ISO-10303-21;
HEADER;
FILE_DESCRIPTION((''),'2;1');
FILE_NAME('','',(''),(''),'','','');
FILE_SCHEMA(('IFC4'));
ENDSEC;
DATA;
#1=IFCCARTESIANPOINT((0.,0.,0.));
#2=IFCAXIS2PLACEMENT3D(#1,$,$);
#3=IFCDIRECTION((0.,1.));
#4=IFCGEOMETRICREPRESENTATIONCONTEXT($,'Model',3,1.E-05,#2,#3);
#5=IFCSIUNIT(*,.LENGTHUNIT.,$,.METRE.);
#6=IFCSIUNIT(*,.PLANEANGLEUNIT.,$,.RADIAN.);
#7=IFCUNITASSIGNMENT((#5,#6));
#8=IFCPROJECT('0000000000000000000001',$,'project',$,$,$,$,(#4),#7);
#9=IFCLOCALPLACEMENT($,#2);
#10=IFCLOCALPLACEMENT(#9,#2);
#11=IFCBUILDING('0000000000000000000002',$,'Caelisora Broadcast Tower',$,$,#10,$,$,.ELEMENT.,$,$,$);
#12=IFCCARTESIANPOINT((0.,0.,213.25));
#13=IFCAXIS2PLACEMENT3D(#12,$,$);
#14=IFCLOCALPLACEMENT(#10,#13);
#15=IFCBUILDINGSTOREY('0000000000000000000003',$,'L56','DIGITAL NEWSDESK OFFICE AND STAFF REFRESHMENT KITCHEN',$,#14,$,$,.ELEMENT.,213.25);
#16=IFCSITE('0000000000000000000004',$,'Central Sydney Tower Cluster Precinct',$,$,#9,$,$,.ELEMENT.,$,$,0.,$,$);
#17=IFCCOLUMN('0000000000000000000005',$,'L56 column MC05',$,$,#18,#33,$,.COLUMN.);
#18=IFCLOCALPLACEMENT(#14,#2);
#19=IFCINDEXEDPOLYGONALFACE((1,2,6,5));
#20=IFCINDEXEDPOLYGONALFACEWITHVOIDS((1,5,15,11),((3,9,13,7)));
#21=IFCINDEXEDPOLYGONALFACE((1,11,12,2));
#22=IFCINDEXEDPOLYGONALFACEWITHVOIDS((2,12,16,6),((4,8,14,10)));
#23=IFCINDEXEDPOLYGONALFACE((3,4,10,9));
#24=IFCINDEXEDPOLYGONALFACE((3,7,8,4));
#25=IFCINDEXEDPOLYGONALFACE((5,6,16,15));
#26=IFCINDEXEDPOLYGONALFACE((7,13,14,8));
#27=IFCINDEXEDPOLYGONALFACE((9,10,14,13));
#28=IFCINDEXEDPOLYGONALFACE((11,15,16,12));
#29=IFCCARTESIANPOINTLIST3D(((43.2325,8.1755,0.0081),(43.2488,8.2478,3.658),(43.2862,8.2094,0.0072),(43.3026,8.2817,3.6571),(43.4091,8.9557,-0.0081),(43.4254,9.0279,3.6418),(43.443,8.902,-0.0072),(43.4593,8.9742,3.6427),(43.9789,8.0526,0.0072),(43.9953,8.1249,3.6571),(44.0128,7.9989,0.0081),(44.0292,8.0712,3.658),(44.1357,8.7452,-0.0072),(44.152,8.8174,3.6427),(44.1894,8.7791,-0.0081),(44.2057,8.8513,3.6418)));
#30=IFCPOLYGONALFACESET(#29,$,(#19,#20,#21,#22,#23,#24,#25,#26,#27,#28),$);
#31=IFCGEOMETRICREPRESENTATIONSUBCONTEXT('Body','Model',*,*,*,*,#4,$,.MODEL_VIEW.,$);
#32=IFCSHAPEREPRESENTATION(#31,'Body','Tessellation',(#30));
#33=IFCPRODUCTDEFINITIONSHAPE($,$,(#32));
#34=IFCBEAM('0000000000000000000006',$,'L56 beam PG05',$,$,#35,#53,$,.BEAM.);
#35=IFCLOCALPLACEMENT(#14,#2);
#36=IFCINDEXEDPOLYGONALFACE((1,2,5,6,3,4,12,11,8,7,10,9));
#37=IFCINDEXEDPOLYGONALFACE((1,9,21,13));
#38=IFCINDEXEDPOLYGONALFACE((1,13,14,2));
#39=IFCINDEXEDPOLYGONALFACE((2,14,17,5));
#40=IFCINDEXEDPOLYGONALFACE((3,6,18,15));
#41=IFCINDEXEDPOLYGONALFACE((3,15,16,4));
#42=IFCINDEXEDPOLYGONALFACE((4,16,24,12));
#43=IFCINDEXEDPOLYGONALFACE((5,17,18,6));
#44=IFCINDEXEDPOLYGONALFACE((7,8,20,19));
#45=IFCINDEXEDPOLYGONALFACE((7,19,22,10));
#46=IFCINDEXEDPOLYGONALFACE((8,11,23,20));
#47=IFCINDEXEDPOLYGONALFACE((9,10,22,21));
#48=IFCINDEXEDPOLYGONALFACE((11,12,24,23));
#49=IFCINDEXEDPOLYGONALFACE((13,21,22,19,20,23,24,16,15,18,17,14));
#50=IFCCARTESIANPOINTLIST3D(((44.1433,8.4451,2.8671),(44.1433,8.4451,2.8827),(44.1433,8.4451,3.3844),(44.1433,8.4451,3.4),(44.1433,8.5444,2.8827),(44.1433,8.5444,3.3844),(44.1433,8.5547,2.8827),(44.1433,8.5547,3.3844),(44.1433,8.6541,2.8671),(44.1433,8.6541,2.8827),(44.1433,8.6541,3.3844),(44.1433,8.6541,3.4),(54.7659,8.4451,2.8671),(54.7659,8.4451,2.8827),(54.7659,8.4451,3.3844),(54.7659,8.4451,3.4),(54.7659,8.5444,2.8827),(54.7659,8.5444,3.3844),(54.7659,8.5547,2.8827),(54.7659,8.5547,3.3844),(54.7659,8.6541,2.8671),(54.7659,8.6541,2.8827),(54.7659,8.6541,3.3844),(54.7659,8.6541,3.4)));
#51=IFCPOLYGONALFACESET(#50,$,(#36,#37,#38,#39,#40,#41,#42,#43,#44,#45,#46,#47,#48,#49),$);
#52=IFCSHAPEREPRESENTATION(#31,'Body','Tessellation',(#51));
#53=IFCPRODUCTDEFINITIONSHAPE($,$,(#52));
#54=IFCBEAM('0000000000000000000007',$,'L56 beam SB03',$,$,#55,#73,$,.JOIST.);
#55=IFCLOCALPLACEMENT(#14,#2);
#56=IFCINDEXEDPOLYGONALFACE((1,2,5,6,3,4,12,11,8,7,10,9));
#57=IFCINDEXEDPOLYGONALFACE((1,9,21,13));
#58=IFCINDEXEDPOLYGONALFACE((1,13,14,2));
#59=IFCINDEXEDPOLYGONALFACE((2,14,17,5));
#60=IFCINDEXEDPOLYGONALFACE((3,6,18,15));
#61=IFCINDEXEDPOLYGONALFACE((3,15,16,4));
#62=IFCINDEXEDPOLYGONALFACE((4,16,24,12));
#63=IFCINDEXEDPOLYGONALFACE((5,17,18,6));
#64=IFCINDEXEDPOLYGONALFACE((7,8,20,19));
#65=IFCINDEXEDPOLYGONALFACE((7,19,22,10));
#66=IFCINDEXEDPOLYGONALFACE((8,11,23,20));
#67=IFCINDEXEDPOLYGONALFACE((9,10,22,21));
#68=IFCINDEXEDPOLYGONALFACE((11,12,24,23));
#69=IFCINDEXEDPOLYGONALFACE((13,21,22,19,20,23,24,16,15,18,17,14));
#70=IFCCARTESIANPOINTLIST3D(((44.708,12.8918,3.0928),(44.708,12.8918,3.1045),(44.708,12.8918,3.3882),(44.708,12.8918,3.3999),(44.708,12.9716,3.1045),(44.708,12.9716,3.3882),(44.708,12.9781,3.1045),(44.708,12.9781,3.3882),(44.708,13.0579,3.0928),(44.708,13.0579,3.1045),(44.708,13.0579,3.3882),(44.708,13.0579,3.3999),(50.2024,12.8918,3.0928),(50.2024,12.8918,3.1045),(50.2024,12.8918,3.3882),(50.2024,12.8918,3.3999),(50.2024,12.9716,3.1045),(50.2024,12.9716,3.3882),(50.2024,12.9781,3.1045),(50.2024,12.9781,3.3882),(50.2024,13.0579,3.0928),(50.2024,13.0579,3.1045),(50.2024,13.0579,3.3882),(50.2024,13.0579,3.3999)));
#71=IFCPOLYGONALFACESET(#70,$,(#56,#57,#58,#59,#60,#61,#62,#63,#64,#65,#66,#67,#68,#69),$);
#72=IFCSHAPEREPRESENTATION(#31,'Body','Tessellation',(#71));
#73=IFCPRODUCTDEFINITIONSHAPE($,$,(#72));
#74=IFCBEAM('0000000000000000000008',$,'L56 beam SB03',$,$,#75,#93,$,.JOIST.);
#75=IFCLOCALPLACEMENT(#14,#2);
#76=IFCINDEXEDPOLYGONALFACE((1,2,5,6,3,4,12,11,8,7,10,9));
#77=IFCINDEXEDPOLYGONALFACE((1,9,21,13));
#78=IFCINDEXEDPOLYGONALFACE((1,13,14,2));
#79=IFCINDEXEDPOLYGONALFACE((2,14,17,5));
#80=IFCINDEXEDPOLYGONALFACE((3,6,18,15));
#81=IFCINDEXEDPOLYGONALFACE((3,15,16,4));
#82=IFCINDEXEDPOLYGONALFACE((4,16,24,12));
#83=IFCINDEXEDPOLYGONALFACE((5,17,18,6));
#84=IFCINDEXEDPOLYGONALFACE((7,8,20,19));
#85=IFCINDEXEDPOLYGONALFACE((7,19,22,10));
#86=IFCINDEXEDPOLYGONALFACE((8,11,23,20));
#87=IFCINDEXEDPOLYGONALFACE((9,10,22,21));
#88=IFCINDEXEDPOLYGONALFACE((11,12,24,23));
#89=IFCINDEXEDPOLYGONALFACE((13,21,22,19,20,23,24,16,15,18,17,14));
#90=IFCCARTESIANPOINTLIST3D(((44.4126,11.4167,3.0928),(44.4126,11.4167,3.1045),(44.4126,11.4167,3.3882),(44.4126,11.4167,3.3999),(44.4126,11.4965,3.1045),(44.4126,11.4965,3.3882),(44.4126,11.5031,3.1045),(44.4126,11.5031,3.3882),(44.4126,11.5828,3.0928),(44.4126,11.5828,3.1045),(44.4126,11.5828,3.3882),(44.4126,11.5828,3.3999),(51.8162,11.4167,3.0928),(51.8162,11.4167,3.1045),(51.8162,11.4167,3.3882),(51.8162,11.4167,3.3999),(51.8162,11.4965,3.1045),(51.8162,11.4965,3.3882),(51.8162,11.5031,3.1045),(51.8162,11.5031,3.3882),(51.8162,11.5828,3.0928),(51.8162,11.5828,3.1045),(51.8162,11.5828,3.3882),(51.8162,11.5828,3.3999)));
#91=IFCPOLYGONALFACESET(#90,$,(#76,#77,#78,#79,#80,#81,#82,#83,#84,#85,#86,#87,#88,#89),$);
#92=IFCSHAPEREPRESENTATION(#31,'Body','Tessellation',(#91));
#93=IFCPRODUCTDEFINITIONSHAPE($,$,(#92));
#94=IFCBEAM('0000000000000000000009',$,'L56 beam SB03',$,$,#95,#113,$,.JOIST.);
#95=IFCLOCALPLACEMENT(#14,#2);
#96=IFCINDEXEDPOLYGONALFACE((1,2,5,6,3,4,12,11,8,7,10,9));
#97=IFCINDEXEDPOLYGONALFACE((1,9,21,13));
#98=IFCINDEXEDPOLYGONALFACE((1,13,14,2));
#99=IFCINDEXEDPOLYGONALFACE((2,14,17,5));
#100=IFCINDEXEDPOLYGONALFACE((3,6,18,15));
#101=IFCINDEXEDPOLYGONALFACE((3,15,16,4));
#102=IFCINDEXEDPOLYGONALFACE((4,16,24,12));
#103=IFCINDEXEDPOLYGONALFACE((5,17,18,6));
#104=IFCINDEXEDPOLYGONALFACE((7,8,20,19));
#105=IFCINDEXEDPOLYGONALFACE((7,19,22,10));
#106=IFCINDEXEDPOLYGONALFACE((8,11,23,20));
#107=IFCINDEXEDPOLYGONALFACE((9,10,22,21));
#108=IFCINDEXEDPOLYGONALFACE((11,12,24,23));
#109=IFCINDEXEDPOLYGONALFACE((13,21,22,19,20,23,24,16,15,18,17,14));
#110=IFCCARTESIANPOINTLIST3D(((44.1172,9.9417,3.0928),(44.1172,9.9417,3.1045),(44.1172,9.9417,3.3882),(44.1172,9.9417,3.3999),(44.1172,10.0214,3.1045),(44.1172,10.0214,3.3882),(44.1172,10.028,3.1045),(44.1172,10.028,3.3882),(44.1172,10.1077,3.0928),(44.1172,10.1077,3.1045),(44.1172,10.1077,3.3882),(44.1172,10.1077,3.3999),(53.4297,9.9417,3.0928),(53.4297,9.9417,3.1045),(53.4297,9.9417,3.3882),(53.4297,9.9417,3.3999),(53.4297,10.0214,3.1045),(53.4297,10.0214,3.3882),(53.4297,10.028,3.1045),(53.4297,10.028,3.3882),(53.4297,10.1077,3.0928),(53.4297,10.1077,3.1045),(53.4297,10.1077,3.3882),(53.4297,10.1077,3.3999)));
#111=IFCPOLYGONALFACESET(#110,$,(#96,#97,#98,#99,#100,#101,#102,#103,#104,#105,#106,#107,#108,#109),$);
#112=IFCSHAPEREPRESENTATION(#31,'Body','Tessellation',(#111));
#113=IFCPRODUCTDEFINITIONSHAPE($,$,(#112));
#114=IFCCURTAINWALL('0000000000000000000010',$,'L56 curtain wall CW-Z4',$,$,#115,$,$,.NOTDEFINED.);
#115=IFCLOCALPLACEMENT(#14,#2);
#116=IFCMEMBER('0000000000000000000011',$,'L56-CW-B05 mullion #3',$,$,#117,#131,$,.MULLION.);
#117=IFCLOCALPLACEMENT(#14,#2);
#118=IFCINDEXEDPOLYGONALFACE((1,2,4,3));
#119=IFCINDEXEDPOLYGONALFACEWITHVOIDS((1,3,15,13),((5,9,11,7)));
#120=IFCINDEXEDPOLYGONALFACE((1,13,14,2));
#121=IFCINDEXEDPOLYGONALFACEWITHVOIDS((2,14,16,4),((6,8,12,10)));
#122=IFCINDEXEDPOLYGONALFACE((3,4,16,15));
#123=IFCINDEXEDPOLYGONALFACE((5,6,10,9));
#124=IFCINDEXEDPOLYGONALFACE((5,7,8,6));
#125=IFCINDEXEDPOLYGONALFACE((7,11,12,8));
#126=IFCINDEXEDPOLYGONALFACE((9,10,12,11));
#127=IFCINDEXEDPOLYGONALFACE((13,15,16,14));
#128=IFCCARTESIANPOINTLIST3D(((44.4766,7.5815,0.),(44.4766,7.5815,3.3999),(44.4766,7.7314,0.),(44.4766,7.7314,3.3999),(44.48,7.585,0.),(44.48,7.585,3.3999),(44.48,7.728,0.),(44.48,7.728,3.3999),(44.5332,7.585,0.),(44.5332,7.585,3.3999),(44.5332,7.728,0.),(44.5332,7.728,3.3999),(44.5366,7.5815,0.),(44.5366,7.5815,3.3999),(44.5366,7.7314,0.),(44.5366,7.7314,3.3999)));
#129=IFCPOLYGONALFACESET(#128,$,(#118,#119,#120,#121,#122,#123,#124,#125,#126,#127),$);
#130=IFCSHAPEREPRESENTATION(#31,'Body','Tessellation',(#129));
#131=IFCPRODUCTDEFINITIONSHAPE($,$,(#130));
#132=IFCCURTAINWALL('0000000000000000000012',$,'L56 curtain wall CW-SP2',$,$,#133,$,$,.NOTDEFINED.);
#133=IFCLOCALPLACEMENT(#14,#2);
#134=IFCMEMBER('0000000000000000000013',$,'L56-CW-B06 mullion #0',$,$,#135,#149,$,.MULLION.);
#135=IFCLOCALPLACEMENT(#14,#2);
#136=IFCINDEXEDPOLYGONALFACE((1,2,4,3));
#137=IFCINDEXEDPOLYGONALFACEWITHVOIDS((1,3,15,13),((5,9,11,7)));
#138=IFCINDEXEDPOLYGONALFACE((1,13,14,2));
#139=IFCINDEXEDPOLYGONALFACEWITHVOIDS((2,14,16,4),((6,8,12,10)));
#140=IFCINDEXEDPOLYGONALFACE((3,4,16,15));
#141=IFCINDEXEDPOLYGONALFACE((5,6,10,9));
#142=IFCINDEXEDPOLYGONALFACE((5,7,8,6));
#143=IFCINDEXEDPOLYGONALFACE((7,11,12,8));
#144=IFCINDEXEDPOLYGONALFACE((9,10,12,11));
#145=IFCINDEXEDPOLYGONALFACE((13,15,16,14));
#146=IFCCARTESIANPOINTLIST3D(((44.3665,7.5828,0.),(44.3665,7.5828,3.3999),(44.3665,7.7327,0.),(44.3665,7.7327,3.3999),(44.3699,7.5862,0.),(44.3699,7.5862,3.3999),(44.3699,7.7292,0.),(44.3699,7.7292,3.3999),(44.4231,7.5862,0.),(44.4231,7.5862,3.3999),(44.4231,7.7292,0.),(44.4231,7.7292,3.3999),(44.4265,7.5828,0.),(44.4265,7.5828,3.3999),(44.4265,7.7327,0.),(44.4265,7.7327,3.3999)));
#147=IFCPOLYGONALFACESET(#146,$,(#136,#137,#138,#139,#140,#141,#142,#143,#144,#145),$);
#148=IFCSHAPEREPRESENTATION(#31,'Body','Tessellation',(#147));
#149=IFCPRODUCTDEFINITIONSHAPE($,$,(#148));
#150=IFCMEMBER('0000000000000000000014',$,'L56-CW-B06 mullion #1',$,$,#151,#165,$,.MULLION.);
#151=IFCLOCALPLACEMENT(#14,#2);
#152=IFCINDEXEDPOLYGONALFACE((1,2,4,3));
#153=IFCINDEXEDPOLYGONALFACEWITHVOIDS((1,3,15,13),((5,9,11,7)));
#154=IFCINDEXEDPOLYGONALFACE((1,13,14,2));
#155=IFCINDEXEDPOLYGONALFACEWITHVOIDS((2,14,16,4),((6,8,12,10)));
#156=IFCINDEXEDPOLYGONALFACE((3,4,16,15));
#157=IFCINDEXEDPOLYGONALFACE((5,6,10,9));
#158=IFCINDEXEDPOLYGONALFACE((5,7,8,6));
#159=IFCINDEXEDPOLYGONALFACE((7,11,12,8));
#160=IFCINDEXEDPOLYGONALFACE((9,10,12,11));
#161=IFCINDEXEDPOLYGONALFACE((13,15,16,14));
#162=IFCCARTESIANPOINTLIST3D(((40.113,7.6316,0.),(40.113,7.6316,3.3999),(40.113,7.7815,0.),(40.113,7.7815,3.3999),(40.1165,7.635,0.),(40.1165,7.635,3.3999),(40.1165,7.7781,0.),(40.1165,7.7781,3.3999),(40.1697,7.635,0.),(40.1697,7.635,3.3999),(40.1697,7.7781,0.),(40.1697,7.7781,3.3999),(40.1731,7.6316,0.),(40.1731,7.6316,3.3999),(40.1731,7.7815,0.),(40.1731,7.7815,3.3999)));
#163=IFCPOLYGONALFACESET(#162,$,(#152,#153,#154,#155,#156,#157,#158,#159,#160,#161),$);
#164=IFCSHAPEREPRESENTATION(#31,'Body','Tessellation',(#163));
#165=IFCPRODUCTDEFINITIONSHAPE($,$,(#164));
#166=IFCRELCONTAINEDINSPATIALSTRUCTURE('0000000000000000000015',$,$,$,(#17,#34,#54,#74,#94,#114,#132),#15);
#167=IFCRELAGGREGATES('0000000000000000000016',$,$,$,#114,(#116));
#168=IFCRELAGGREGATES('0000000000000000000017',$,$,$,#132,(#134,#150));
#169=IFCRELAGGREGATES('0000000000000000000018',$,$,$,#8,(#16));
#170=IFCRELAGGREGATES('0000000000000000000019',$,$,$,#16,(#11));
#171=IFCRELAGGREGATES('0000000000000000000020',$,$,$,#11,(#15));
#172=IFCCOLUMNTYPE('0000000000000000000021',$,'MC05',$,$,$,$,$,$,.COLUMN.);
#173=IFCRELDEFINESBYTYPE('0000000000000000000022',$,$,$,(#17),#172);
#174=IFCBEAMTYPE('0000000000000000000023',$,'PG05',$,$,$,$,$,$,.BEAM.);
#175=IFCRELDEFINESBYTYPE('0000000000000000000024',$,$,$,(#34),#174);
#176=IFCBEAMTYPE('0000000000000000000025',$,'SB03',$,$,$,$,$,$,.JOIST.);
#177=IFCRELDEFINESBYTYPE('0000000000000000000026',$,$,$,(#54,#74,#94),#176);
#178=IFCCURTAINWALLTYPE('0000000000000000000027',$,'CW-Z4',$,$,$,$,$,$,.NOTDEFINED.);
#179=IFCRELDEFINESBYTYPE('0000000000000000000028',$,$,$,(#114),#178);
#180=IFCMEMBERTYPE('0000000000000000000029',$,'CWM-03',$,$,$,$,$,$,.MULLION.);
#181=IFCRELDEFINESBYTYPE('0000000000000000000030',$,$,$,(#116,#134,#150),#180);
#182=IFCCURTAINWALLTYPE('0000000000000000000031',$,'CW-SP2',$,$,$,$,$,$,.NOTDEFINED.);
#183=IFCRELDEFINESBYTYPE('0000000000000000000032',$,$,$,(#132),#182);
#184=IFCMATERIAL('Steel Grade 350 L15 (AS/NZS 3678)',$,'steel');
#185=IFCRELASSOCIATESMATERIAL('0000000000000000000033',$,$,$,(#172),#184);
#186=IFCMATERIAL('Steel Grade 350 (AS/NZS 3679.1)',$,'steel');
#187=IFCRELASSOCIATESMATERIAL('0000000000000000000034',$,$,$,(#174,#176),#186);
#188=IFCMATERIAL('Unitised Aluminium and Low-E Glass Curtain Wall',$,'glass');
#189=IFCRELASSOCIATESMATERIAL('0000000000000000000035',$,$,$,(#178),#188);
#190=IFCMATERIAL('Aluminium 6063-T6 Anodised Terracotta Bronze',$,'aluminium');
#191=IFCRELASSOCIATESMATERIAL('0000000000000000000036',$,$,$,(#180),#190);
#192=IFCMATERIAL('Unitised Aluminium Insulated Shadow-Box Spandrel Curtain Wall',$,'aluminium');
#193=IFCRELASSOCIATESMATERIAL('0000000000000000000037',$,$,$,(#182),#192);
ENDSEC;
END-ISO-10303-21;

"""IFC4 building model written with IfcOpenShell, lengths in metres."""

from ifc_helpers import new_model, si_unit, direction, frame, origin, origin_2d, place, context, subcontext, project, spatial, hollow_rectangle, i_section, extrude, source, transform, mapped, material, material_profile, profile_set, type_object, type_shapes, element, aggregate, save


model = new_model("IFC4")

# Units and contexts
model_context = context("Model", 3, precision=1e-05, world=origin(), true_north=direction((0.0, 1.0)))
body_context = subcontext(model_context, "Body", "Model", "MODEL_VIEW")
ifc_project = project(units=[si_unit("LENGTHUNIT", "METRE"), si_unit("PLANEANGLEUNIT", "RADIAN")], contexts=[model_context])

# Site, building, storey
site_placement = place(None, origin())
site = spatial("IfcSite", under=ifc_project, at=site_placement, Name="Central Sydney Tower Cluster Precinct", CompositionType="ELEMENT", RefElevation=0.0)
building_placement = place(site_placement, origin())
building = spatial("IfcBuilding", under=site, at=building_placement, Name="Caelisora Broadcast Tower", CompositionType="ELEMENT")
storey_placement = place(building_placement, frame((0.0, 0.0, 213.25)))
storey = spatial("IfcBuildingStorey", under=building, at=storey_placement, Name="L56", Description="DIGITAL NEWSDESK OFFICE AND STAFF REFRESHMENT KITCHEN", CompositionType="ELEMENT", Elevation=213.25)

# Column
ifc_material_1 = material(Name="Steel Grade 350 L15 (AS/NZS 3678)", Category="steel")
ifc_material_profile_1 = material_profile(ifc_material_1, hollow_rectangle(XDim=0.8, YDim=0.8, WallThickness=0.0449, at=origin_2d()), Name="Steel Grade 350 L15 (AS/NZS 3678)")
ifc_profile_set_1 = profile_set([ifc_material_profile_1], Name="Steel Grade 350 L15 (AS/NZS 3678)")
column_type = type_object("IfcColumnType", Name="MC05", PredefinedType="COLUMN", material=ifc_profile_set_1)
shared_shape_1 = source(origin(), body_context, "Body", "SweptSolid", [
    extrude(hollow_rectangle(XDim=0.8, YDim=0.8, WallThickness=0.0449, at=origin_2d()), origin(), (0.0, 0.0, 1.0), 3.6506),
])
type_shapes(column_type, [shared_shape_1])
column_placement = place(storey_placement, frame((43.7109, 8.4773, 0.0), z_axis=(0.004481, 0.019795, 0.999794), x_axis=(-0.975327, 0.220767, 0.0)))
element("IfcColumn", 1, at=column_placement, inside=storey, type_object=column_type, Name="L56 column MC05", PredefinedType="COLUMN", context=body_context, shape_type="MappedRepresentation", body=[
    mapped(shared_shape_1, transform((0.0, 0.0, 0.0), scale=1.0)),
])

# Beams
ifc_material_2 = material(Name="Steel Grade 350 (AS/NZS 3679.1)", Category="steel")
ifc_material_profile_2 = material_profile(ifc_material_2, i_section(OverallWidth=0.209, OverallDepth=0.533, WebThickness=0.0103, FlangeThickness=0.0156, at=origin_2d()), Name="Steel Grade 350 (AS/NZS 3679.1)")
ifc_profile_set_2 = profile_set([ifc_material_profile_2], Name="Steel Grade 350 (AS/NZS 3679.1)")
beam_type_1 = type_object("IfcBeamType", Name="PG05", PredefinedType="BEAM", material=ifc_profile_set_2)
shared_shape_2 = source(origin(), body_context, "Body", "SweptSolid", [
    extrude(i_section(OverallWidth=0.209, OverallDepth=0.533, WebThickness=0.0103, FlangeThickness=0.0156, at=origin_2d()), origin(), (0.0, 0.0, 1.0), 10.6226),
])
type_shapes(beam_type_1, [shared_shape_2])
beam_1_placement = place(storey_placement, frame((44.1433, 8.5496, 3.1335), z_axis=(1.0, 0.0, 0.0), x_axis=(0.0, 1.0, 0.0)))
element("IfcBeam", 2, at=beam_1_placement, inside=storey, type_object=beam_type_1, Name="L56 beam PG05", PredefinedType="BEAM", context=body_context, shape_type="MappedRepresentation", body=[
    mapped(shared_shape_2, transform((0.0, 0.0, 0.0), scale=1.0)),
])
ifc_material_profile_3 = material_profile(ifc_material_2, i_section(OverallWidth=0.166, OverallDepth=0.3071, WebThickness=0.0066, FlangeThickness=0.0117, at=origin_2d()), Name="Steel Grade 350 (AS/NZS 3679.1)")
ifc_profile_set_3 = profile_set([ifc_material_profile_3], Name="Steel Grade 350 (AS/NZS 3679.1)")
beam_type_2 = type_object("IfcBeamType", Name="SB03", PredefinedType="JOIST", material=ifc_profile_set_3)
shared_shape_3 = source(origin(), body_context, "Body", "SweptSolid", [
    extrude(i_section(OverallWidth=0.166, OverallDepth=0.3071, WebThickness=0.0066, FlangeThickness=0.0117, at=origin_2d()), origin(), (0.0, 0.0, 1.0), 5.4944),
])
beam_2_placement = place(storey_placement, frame((44.708, 12.9749, 3.2463), z_axis=(1.0, 0.0, 0.0), x_axis=(0.0, 1.0, 0.0)))
element("IfcBeam", 3, at=beam_2_placement, inside=storey, type_object=beam_type_2, Name="L56 beam SB03", PredefinedType="JOIST", context=body_context, shape_type="MappedRepresentation", body=[
    mapped(shared_shape_3, transform((0.0, 0.0, 0.0), scale=1.0)),
])
shared_shape_4 = source(origin(), body_context, "Body", "SweptSolid", [
    extrude(i_section(OverallWidth=0.166, OverallDepth=0.3071, WebThickness=0.0066, FlangeThickness=0.0117, at=origin_2d()), origin(), (0.0, 0.0, 1.0), 7.4036),
])
beam_3_placement = place(storey_placement, frame((44.4126, 11.4998, 3.2463), z_axis=(1.0, 0.0, 0.0), x_axis=(0.0, 1.0, 0.0)))
element("IfcBeam", 4, at=beam_3_placement, inside=storey, type_object=beam_type_2, Name="L56 beam SB03", PredefinedType="JOIST", context=body_context, shape_type="MappedRepresentation", body=[
    mapped(shared_shape_4, transform((0.0, 0.0, 0.0), scale=1.0)),
])
shared_shape_5 = source(origin(), body_context, "Body", "SweptSolid", [
    extrude(i_section(OverallWidth=0.166, OverallDepth=0.3071, WebThickness=0.0066, FlangeThickness=0.0117, at=origin_2d()), origin(), (0.0, 0.0, 1.0), 9.3125),
])
type_shapes(beam_type_2, [shared_shape_3, shared_shape_4, shared_shape_5])
beam_4_placement = place(storey_placement, frame((44.1172, 10.0247, 3.2463), z_axis=(1.0, 0.0, 0.0), x_axis=(0.0, 1.0, 0.0)))
element("IfcBeam", 5, at=beam_4_placement, inside=storey, type_object=beam_type_2, Name="L56 beam SB03", PredefinedType="JOIST", context=body_context, shape_type="MappedRepresentation", body=[
    mapped(shared_shape_5, transform((0.0, 0.0, 0.0), scale=1.0)),
])

# Curtain wall, member
ifc_material_3 = material(Name="Unitised Aluminium and Low-E Glass Curtain Wall", Category="glass")
curtain_wall_type_1 = type_object("IfcCurtainWallType", Name="CW-Z4", PredefinedType="NOTDEFINED", material=ifc_material_3)
curtain_wall_1_placement = place(storey_placement, origin())
curtain_wall_1 = element("IfcCurtainWall", 6, at=curtain_wall_1_placement, inside=storey, type_object=curtain_wall_type_1, Name="L56 curtain wall CW-Z4", PredefinedType="NOTDEFINED")
ifc_material_4 = material(Name="Aluminium 6063-T6 Anodised Terracotta Bronze", Category="aluminium")
ifc_material_profile_4 = material_profile(ifc_material_4, hollow_rectangle(XDim=0.0601, YDim=0.1499, WallThickness=0.0034, at=origin_2d()), Name="Aluminium 6063-T6 Anodised Terracotta Bronze")
ifc_profile_set_4 = profile_set([ifc_material_profile_4], Name="Aluminium 6063-T6 Anodised Terracotta Bronze")
member_type_1 = type_object("IfcMemberType", Name="CWM-03", PredefinedType="MULLION", material=ifc_profile_set_4)
shared_shape_6 = source(origin(), body_context, "Body", "SweptSolid", [
    extrude(hollow_rectangle(XDim=0.0601, YDim=0.1499, WallThickness=0.0034, at=origin_2d()), origin(), (0.0, 0.0, 1.0), 3.3999),
])
type_shapes(member_type_1, [shared_shape_6])
member_1_placement = place(storey_placement, frame((44.5066, 7.6565, 0.0), z_axis=(0.0, 0.0, 1.0), x_axis=(1.0, 0.0, 0.0)))
member_1 = element("IfcMember", 7, at=member_1_placement, type_object=member_type_1, Name="L56-CW-B05 mullion #3", PredefinedType="MULLION", context=body_context, shape_type="MappedRepresentation", body=[
    mapped(shared_shape_6, transform((0.0, 0.0, 0.0), scale=1.0)),
])
aggregate(curtain_wall_1, [member_1])

# Curtain wall, members
ifc_material_5 = material(Name="Unitised Aluminium Insulated Shadow-Box Spandrel Curtain Wall", Category="aluminium")
curtain_wall_type_2 = type_object("IfcCurtainWallType", Name="CW-SP2", PredefinedType="NOTDEFINED", material=ifc_material_5)
curtain_wall_2_placement = place(storey_placement, origin())
curtain_wall_2 = element("IfcCurtainWall", 8, at=curtain_wall_2_placement, inside=storey, type_object=curtain_wall_type_2, Name="L56 curtain wall CW-SP2", PredefinedType="NOTDEFINED")
member_2_placement = place(storey_placement, frame((44.3965, 7.6577, 0.0), z_axis=(0.0, 0.0, 1.0), x_axis=(1.0, 0.0, 0.0)))
member_2 = element("IfcMember", 9, at=member_2_placement, type_object=member_type_1, Name="L56-CW-B06 mullion #0", PredefinedType="MULLION", context=body_context, shape_type="MappedRepresentation", body=[
    mapped(shared_shape_6, transform((0.0, 0.0, 0.0), scale=1.0)),
])
member_3_placement = place(storey_placement, frame((40.1431, 7.7065, 0.0), z_axis=(0.0, 0.0, 1.0), x_axis=(1.0, 0.0, 0.0)))
member_3 = element("IfcMember", 10, at=member_3_placement, type_object=member_type_1, Name="L56-CW-B06 mullion #1", PredefinedType="MULLION", context=body_context, shape_type="MappedRepresentation", body=[
    mapped(shared_shape_6, transform((0.0, 0.0, 0.0), scale=1.0)),
])

aggregate(curtain_wall_2, [member_2, member_3])

save(model, "model.ifc")
